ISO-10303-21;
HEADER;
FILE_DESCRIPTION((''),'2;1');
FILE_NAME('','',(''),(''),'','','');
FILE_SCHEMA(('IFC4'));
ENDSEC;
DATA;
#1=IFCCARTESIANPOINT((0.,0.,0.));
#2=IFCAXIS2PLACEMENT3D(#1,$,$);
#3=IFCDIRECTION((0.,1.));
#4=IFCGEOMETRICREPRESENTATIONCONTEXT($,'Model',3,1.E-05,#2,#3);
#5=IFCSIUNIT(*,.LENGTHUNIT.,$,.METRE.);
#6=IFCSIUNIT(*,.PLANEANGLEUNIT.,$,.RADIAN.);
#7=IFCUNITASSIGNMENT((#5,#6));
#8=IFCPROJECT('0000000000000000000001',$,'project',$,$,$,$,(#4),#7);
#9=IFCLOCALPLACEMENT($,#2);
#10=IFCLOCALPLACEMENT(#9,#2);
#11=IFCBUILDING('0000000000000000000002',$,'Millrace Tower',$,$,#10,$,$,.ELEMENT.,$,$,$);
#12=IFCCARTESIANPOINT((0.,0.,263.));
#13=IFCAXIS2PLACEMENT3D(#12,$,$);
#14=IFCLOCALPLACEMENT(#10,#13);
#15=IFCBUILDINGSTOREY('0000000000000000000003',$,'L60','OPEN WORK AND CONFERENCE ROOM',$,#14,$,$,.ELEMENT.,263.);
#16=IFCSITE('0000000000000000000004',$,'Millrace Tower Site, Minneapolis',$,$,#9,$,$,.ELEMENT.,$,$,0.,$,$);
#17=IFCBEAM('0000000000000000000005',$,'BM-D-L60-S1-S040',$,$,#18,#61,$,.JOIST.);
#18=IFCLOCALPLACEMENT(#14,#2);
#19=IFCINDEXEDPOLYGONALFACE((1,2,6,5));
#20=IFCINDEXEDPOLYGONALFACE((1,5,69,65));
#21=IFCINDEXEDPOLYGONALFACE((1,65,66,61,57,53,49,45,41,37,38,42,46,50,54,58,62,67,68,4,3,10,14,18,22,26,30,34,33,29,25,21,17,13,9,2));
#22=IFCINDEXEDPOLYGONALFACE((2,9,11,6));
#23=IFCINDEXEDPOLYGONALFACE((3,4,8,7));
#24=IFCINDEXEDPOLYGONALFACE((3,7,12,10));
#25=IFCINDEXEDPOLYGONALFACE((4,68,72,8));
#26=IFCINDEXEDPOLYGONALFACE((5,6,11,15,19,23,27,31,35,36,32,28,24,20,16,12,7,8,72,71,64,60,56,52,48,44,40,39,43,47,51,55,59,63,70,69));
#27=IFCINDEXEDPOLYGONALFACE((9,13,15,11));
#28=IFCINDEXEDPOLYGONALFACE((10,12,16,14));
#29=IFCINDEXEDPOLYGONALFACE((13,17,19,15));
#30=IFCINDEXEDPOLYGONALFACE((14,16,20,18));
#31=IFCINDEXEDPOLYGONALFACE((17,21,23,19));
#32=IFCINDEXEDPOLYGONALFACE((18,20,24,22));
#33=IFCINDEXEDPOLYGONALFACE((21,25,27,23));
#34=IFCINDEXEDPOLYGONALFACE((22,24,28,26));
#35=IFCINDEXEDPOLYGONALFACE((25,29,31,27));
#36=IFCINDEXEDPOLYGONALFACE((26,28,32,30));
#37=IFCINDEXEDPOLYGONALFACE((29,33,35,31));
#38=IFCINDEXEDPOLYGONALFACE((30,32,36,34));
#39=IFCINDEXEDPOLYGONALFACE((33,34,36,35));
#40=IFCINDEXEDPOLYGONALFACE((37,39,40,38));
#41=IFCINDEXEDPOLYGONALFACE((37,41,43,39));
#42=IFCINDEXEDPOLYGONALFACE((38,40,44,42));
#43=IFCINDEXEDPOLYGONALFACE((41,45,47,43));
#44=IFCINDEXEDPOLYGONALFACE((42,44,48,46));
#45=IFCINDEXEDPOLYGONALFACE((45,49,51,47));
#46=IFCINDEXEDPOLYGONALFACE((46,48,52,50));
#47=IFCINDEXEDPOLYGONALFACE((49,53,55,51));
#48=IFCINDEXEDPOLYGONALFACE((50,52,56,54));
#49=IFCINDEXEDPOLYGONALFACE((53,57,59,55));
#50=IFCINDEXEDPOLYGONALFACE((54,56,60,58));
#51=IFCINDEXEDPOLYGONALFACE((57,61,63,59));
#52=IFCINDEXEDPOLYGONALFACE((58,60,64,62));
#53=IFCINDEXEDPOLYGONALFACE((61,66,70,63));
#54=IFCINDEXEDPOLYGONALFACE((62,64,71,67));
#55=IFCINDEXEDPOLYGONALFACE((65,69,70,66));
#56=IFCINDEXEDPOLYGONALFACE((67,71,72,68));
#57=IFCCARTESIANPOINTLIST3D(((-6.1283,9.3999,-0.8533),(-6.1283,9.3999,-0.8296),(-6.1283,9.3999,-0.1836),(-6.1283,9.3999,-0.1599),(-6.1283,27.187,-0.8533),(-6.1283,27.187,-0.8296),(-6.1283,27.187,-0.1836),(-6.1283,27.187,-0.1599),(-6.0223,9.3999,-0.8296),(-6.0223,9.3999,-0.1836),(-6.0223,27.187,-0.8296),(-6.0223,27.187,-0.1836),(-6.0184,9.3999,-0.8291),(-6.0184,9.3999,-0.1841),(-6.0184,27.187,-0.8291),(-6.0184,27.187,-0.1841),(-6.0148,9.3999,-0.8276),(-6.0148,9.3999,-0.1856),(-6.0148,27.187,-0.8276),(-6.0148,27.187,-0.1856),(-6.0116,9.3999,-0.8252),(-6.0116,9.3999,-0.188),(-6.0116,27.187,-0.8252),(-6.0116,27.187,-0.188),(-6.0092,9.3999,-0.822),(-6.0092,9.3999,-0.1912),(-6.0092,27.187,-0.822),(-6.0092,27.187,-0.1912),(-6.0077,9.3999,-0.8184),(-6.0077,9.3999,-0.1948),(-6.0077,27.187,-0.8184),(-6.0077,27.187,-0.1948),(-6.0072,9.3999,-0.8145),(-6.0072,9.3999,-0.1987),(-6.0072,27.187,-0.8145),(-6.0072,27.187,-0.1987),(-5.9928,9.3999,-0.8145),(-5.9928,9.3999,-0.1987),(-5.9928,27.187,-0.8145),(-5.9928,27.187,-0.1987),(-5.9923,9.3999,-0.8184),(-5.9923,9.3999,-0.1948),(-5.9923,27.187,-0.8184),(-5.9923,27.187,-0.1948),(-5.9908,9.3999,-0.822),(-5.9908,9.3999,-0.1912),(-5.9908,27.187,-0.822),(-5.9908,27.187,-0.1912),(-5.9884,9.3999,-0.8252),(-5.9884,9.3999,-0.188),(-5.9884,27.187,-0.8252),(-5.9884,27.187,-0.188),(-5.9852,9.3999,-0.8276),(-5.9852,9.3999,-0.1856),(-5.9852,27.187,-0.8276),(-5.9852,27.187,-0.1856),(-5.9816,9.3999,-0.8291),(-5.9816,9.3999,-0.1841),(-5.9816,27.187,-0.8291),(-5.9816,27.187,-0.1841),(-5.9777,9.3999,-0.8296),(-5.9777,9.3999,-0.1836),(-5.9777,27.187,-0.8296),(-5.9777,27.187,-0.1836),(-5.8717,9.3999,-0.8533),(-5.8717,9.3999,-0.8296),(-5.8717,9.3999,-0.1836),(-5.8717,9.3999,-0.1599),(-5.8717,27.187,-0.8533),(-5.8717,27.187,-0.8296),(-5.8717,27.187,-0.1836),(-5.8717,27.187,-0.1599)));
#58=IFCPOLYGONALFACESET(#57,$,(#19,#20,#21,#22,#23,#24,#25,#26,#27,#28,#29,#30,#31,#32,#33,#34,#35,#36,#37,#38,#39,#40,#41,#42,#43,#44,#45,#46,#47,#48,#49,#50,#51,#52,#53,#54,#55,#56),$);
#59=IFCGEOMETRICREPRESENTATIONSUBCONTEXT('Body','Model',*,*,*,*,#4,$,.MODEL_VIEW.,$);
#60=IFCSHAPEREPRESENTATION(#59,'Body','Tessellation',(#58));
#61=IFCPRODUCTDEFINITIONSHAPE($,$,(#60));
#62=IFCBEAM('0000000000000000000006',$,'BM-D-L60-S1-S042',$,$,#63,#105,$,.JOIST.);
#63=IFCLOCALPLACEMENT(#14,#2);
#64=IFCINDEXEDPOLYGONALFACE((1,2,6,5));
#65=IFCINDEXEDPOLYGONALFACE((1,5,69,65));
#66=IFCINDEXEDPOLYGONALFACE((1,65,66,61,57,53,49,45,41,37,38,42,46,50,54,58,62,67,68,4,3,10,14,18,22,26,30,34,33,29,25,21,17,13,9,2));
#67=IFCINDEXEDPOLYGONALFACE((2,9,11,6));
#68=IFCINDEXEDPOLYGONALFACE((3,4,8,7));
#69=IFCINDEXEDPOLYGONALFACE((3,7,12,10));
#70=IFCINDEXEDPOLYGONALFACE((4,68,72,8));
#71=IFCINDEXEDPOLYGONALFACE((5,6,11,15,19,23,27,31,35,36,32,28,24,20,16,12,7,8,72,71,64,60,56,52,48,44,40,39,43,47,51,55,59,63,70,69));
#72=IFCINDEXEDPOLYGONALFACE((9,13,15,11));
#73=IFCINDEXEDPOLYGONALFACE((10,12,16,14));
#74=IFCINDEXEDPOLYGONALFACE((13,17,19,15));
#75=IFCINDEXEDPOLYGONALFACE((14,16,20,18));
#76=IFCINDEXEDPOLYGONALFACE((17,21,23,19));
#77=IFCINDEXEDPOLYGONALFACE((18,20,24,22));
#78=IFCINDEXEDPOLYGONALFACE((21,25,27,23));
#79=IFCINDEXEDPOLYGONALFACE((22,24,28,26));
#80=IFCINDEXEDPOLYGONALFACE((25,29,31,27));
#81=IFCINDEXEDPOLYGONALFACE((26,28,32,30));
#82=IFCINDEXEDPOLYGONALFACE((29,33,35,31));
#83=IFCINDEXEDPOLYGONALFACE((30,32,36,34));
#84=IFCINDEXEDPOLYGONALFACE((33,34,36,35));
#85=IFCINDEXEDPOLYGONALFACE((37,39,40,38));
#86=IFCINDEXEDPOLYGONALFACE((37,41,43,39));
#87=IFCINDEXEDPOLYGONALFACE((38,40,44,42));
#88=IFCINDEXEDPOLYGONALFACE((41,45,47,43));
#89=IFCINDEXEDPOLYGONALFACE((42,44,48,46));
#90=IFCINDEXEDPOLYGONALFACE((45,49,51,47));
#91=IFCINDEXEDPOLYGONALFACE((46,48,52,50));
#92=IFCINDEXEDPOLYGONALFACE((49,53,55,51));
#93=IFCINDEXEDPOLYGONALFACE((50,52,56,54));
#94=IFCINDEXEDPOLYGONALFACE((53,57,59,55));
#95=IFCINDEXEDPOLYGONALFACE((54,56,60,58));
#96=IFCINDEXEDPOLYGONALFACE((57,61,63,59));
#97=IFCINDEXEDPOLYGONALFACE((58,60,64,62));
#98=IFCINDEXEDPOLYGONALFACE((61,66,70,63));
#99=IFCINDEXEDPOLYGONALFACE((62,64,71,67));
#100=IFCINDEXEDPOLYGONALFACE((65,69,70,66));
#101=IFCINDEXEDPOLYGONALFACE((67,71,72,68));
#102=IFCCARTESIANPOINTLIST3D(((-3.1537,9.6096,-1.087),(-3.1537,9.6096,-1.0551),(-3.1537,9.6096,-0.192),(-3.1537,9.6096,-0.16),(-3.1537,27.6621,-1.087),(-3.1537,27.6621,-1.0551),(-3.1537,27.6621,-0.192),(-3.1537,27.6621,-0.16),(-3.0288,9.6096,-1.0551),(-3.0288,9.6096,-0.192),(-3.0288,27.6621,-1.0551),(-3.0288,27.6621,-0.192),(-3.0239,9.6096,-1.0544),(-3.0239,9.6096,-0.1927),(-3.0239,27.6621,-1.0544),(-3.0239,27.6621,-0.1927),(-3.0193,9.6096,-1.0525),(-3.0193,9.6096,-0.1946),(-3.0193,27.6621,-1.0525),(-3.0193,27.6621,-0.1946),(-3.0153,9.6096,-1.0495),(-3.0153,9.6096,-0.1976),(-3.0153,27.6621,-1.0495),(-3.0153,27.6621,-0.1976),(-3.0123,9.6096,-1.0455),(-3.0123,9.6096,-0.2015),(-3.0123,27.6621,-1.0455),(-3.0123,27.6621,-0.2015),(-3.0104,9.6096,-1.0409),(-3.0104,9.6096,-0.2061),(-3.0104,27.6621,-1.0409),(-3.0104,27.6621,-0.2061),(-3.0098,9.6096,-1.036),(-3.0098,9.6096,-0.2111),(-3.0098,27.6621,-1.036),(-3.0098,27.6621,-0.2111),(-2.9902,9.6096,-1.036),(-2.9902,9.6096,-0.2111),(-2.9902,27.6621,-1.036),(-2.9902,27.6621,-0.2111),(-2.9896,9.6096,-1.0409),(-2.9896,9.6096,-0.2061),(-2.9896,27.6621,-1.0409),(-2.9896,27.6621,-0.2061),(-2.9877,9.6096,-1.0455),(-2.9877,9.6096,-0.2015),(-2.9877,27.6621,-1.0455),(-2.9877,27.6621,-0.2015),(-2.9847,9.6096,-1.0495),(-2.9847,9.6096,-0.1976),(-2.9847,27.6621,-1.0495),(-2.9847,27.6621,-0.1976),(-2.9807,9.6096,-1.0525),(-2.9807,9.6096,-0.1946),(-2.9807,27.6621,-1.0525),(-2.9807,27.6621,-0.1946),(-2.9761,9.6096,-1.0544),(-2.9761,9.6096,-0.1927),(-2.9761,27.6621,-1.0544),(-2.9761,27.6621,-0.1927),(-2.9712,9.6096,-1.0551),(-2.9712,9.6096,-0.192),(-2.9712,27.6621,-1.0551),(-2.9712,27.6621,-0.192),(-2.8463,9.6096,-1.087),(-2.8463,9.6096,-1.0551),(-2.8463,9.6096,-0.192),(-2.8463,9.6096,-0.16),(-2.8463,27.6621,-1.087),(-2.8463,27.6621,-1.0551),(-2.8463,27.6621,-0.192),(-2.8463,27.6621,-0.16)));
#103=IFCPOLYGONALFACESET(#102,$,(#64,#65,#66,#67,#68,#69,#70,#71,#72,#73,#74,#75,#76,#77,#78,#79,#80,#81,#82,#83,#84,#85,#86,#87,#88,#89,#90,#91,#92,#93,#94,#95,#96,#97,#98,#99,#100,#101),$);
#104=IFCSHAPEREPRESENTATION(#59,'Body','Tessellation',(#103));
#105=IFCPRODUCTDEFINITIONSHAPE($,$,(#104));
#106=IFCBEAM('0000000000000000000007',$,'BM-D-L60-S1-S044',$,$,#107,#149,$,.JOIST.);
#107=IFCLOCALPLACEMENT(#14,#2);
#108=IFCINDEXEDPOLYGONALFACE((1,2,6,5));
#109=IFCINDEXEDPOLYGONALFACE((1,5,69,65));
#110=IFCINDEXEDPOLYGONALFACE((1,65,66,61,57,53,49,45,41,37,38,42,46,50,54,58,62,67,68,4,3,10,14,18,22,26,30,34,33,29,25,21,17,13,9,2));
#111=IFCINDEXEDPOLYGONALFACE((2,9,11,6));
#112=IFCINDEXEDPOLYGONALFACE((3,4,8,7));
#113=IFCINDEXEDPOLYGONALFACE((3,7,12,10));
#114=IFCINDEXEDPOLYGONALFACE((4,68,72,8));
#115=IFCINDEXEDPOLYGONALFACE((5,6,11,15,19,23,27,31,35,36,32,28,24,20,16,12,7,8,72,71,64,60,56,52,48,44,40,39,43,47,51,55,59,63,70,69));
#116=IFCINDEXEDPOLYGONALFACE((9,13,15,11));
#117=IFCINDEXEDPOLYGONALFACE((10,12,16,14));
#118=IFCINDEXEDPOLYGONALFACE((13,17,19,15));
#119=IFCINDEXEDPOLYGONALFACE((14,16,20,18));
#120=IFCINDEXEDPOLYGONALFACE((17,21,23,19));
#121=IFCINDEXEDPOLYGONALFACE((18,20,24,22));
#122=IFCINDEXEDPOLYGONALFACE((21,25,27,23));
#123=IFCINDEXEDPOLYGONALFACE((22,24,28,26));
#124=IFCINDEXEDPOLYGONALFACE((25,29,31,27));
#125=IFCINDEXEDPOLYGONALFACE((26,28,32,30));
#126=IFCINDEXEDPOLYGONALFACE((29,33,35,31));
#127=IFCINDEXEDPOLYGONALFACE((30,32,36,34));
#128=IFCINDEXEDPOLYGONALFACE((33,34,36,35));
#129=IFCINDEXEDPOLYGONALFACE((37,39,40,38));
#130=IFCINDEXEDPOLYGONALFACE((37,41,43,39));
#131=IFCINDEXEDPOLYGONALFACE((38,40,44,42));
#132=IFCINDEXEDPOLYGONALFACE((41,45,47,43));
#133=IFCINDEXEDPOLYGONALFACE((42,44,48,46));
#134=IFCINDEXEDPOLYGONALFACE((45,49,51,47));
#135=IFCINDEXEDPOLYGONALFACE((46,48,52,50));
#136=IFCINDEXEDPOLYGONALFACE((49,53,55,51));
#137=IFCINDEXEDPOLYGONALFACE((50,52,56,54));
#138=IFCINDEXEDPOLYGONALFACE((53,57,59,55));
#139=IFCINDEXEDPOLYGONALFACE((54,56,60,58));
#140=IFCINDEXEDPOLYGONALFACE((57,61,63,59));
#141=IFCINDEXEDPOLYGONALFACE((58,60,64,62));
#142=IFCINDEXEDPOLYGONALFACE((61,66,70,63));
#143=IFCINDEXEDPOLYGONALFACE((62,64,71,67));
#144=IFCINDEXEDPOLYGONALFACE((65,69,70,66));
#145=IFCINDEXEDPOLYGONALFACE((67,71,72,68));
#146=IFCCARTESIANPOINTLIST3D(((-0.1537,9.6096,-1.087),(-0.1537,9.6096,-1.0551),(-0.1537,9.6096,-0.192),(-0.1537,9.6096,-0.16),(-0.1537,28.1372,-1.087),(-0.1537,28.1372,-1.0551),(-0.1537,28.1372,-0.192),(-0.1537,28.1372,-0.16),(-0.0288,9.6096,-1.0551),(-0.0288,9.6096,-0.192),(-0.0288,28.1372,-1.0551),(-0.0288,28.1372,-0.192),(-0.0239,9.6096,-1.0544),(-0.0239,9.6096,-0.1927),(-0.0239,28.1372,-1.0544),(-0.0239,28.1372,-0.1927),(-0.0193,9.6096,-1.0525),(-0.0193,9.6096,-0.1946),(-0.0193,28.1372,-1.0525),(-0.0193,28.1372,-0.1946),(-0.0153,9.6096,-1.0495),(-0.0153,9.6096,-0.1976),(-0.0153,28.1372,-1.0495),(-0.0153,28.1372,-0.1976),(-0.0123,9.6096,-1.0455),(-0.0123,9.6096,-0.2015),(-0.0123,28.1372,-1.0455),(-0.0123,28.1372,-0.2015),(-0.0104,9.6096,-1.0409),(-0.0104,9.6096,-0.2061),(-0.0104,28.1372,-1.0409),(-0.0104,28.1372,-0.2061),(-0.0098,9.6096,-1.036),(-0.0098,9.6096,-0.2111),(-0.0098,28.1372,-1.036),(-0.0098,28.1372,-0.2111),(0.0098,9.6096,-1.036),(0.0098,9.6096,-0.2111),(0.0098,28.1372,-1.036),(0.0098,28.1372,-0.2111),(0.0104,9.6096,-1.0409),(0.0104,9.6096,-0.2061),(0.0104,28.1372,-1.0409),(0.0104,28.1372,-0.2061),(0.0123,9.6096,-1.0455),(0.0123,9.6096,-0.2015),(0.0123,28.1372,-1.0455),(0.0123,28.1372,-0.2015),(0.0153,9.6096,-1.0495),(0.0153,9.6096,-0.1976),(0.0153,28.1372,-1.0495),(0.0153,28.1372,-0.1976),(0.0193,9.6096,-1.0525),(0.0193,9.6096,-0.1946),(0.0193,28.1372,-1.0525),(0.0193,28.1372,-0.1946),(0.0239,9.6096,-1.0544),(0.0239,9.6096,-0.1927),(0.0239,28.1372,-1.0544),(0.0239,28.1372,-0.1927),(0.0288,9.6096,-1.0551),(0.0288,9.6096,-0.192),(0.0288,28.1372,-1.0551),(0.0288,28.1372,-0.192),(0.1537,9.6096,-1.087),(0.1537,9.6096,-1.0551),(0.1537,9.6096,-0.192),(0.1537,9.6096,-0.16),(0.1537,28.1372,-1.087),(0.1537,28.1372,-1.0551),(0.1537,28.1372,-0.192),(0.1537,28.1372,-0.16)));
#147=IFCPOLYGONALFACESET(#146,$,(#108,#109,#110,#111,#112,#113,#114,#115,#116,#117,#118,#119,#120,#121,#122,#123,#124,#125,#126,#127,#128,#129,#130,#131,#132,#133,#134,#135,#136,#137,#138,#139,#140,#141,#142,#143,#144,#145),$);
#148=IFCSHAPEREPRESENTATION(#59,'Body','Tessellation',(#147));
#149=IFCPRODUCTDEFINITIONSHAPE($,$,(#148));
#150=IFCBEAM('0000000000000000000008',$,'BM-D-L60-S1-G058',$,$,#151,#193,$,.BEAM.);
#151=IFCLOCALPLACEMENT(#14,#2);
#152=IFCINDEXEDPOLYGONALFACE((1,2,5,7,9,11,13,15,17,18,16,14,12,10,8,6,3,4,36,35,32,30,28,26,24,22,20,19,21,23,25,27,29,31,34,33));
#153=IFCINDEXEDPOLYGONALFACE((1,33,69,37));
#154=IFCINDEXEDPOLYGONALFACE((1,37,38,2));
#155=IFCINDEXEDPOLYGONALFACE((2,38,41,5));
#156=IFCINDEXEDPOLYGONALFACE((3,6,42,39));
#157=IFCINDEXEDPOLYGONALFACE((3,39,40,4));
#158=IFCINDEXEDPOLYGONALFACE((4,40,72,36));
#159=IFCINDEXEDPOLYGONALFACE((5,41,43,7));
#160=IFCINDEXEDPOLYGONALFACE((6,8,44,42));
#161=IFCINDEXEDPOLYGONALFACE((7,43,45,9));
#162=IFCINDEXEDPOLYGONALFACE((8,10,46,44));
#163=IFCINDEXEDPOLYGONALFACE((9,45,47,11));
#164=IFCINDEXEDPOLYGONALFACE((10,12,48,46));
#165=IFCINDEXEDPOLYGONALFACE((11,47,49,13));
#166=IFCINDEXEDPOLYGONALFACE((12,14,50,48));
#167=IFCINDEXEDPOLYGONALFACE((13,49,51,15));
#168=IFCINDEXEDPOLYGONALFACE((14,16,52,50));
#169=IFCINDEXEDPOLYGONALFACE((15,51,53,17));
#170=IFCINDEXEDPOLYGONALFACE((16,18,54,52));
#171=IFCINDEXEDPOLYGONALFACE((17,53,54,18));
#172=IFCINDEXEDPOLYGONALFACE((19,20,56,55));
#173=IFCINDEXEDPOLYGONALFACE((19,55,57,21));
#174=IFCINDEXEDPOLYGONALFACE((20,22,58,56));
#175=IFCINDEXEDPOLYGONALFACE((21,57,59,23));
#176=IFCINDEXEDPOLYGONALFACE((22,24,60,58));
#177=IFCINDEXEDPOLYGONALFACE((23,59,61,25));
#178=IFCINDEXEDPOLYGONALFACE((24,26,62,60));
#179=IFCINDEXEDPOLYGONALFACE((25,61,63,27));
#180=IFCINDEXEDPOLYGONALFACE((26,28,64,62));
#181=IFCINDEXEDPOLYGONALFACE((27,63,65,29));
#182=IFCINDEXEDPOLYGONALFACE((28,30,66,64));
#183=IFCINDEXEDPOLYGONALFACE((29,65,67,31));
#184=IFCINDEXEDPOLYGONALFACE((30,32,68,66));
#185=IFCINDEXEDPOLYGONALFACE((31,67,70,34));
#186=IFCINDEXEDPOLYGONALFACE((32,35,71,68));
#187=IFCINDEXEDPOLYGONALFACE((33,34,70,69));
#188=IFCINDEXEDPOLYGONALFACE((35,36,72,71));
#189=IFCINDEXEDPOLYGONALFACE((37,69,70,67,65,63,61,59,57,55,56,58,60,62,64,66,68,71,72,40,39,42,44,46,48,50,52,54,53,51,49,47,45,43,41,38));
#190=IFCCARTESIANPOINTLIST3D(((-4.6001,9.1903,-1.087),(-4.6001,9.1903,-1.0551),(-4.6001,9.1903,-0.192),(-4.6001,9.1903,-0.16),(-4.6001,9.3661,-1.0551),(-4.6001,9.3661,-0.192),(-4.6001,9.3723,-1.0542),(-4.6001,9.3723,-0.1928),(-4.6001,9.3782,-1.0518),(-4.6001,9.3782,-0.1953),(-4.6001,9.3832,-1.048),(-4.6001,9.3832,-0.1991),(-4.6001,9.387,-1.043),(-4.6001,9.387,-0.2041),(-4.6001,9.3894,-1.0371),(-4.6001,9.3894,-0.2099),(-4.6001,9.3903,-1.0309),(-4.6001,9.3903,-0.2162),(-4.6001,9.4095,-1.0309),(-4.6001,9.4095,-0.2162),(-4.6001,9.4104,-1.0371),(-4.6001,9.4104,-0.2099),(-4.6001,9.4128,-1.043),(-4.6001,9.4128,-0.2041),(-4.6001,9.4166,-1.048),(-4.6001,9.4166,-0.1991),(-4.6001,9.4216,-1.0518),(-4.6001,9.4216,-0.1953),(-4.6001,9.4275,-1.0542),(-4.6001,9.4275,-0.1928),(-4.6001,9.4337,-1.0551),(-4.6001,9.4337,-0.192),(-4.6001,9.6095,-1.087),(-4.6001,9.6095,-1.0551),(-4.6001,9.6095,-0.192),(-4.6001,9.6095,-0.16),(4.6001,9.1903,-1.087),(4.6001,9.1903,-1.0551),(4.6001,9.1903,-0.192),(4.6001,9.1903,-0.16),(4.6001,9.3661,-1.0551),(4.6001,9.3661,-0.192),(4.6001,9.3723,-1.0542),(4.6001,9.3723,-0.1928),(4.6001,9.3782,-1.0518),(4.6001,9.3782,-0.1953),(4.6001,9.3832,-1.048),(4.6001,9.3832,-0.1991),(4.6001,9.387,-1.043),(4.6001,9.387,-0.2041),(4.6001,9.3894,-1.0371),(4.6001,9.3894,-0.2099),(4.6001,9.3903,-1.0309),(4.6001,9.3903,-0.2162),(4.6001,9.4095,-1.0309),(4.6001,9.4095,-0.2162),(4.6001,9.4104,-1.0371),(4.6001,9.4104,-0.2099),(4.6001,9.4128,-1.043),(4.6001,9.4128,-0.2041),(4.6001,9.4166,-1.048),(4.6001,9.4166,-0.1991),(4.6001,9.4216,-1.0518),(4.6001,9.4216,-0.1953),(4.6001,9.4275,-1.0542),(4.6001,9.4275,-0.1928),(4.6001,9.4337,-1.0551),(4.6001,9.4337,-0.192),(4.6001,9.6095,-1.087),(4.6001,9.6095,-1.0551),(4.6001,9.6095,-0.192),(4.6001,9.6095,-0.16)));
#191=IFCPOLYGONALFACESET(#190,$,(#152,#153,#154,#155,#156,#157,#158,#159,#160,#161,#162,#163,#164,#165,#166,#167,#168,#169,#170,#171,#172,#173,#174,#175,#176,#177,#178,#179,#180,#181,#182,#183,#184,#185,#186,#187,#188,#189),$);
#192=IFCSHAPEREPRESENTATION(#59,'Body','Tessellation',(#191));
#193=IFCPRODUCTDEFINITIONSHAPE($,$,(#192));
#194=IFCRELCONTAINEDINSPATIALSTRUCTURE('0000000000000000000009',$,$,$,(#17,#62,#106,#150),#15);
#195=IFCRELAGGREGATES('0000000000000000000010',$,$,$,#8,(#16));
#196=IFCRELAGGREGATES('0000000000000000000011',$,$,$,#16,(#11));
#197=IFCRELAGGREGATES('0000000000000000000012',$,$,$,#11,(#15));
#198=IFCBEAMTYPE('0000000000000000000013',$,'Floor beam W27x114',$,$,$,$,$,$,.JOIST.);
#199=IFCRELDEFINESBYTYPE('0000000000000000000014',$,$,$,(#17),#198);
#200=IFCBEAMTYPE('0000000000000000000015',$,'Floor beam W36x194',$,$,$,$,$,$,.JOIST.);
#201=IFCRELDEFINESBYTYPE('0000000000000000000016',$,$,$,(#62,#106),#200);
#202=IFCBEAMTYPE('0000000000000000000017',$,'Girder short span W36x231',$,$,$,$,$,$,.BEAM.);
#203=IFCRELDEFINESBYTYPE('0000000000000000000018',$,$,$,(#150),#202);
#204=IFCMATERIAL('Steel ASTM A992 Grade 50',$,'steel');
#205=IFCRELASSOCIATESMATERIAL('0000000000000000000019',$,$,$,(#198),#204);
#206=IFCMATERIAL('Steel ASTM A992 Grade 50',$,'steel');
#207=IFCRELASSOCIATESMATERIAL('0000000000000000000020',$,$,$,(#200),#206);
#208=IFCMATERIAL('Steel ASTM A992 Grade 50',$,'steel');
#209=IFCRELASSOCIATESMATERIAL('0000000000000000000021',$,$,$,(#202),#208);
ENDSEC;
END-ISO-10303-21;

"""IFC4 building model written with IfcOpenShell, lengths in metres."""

from ifc_helpers import new_model, si_unit, direction, frame, origin, origin_2d, place, context, subcontext, project, spatial, i_section, extrude, material, material_profile, profile_set, type_object, element, save


model = new_model("IFC4")

# Units and contexts
model_context = context("Model", 3, precision=1e-05, world=origin(), true_north=direction((0.0, 1.0)))
body_context = subcontext(model_context, "Body", "Model", "MODEL_VIEW")
ifc_project = project(units=[si_unit("LENGTHUNIT", "METRE"), si_unit("PLANEANGLEUNIT", "RADIAN")], contexts=[model_context])

# Site, building, storey
site_placement = place(None, origin())
site = spatial("IfcSite", under=ifc_project, at=site_placement, Name="Millrace Tower Site, Minneapolis", CompositionType="ELEMENT", RefElevation=0.0)
building_placement = place(site_placement, origin())
building = spatial("IfcBuilding", under=site, at=building_placement, Name="Millrace Tower", CompositionType="ELEMENT")
storey_placement = place(building_placement, frame((0.0, 0.0, 263.0)))
storey = spatial("IfcBuildingStorey", under=building, at=storey_placement, Name="L60", Description="OPEN WORK AND CONFERENCE ROOM", CompositionType="ELEMENT", Elevation=263.0)

# Beams
ifc_material_1 = material(Name="Steel ASTM A992 Grade 50", Category="steel")
ifc_material_profile_1 = material_profile(ifc_material_1, i_section(OverallWidth=0.2566, OverallDepth=0.6934, WebThickness=0.0144, FlangeThickness=0.0237, FilletRadius=0.0151, at=origin_2d()))
ifc_profile_set_1 = profile_set([ifc_material_profile_1], Name="Steel ASTM A992 Grade 50")
beam_type_1 = type_object("IfcBeamType", Name="Floor beam W27x114", PredefinedType="JOIST", material=ifc_profile_set_1)
beam_1_placement = place(storey_placement, frame((-6.0, 9.3999, -0.5066), z_axis=(0.0, 1.0, 0.0), x_axis=(-1.0, 0.0, 0.0)))
element("IfcBeam", 1, at=beam_1_placement, inside=storey, type_object=beam_type_1, Name="BM-D-L60-S1-S040", PredefinedType="JOIST", context=body_context, shape_type="SweptSolid", body=[
    extrude(i_section(OverallWidth=0.2566, OverallDepth=0.6934, WebThickness=0.0144, FlangeThickness=0.0237, FilletRadius=0.0151, at=origin_2d()), origin(), (0.0, 0.0, 1.0), 17.7871),
])
ifc_material_2 = material(Name="Steel ASTM A992 Grade 50", Category="steel")
ifc_material_profile_2 = material_profile(ifc_material_2, i_section(OverallWidth=0.3074, OverallDepth=0.927, WebThickness=0.0195, FlangeThickness=0.032, FilletRadius=0.019, at=origin_2d()))
ifc_profile_set_2 = profile_set([ifc_material_profile_2], Name="Steel ASTM A992 Grade 50")
beam_type_2 = type_object("IfcBeamType", Name="Floor beam W36x194", PredefinedType="JOIST", material=ifc_profile_set_2)
beam_2_placement = place(storey_placement, frame((-3.0, 9.6096, -0.6235), z_axis=(0.0, 1.0, 0.0), x_axis=(-1.0, 0.0, 0.0)))
element("IfcBeam", 2, at=beam_2_placement, inside=storey, type_object=beam_type_2, Name="BM-D-L60-S1-S042", PredefinedType="JOIST", context=body_context, shape_type="SweptSolid", body=[
    extrude(i_section(OverallWidth=0.3074, OverallDepth=0.927, WebThickness=0.0195, FlangeThickness=0.032, FilletRadius=0.019, at=origin_2d()), origin(), (0.0, 0.0, 1.0), 18.0525),
])
beam_3_placement = place(storey_placement, frame((0.0, 9.6096, -0.6235), z_axis=(0.0, 1.0, 0.0), x_axis=(-1.0, 0.0, 0.0)))
element("IfcBeam", 3, at=beam_3_placement, inside=storey, type_object=beam_type_2, Name="BM-D-L60-S1-S044", PredefinedType="JOIST", context=body_context, shape_type="SweptSolid", body=[
    extrude(i_section(OverallWidth=0.3074, OverallDepth=0.927, WebThickness=0.0195, FlangeThickness=0.032, FilletRadius=0.019, at=origin_2d()), origin(), (0.0, 0.0, 1.0), 18.5276),
])
ifc_material_3 = material(Name="Steel ASTM A992 Grade 50", Category="steel")
ifc_material_profile_3 = material_profile(ifc_material_3, i_section(OverallWidth=0.4192, OverallDepth=0.927, WebThickness=0.0193, FlangeThickness=0.032, FilletRadius=0.0242, at=origin_2d()))
ifc_profile_set_3 = profile_set([ifc_material_profile_3], Name="Steel ASTM A992 Grade 50")
beam_type_3 = type_object("IfcBeamType", Name="Girder short span W36x231", PredefinedType="BEAM", material=ifc_profile_set_3)
beam_4_placement = place(storey_placement, frame((-4.6001, 9.3999, -0.6235), z_axis=(1.0, 0.0, 0.0), x_axis=(0.0, 1.0, 0.0)))
element("IfcBeam", 4, at=beam_4_placement, inside=storey, type_object=beam_type_3, Name="BM-D-L60-S1-G058", PredefinedType="BEAM", context=body_context, shape_type="SweptSolid", body=[
    extrude(i_section(OverallWidth=0.4192, OverallDepth=0.927, WebThickness=0.0193, FlangeThickness=0.032, FilletRadius=0.0242, at=origin_2d()), origin(), (0.0, 0.0, 1.0), 9.2002),
])

save(model, "model.ifc")
